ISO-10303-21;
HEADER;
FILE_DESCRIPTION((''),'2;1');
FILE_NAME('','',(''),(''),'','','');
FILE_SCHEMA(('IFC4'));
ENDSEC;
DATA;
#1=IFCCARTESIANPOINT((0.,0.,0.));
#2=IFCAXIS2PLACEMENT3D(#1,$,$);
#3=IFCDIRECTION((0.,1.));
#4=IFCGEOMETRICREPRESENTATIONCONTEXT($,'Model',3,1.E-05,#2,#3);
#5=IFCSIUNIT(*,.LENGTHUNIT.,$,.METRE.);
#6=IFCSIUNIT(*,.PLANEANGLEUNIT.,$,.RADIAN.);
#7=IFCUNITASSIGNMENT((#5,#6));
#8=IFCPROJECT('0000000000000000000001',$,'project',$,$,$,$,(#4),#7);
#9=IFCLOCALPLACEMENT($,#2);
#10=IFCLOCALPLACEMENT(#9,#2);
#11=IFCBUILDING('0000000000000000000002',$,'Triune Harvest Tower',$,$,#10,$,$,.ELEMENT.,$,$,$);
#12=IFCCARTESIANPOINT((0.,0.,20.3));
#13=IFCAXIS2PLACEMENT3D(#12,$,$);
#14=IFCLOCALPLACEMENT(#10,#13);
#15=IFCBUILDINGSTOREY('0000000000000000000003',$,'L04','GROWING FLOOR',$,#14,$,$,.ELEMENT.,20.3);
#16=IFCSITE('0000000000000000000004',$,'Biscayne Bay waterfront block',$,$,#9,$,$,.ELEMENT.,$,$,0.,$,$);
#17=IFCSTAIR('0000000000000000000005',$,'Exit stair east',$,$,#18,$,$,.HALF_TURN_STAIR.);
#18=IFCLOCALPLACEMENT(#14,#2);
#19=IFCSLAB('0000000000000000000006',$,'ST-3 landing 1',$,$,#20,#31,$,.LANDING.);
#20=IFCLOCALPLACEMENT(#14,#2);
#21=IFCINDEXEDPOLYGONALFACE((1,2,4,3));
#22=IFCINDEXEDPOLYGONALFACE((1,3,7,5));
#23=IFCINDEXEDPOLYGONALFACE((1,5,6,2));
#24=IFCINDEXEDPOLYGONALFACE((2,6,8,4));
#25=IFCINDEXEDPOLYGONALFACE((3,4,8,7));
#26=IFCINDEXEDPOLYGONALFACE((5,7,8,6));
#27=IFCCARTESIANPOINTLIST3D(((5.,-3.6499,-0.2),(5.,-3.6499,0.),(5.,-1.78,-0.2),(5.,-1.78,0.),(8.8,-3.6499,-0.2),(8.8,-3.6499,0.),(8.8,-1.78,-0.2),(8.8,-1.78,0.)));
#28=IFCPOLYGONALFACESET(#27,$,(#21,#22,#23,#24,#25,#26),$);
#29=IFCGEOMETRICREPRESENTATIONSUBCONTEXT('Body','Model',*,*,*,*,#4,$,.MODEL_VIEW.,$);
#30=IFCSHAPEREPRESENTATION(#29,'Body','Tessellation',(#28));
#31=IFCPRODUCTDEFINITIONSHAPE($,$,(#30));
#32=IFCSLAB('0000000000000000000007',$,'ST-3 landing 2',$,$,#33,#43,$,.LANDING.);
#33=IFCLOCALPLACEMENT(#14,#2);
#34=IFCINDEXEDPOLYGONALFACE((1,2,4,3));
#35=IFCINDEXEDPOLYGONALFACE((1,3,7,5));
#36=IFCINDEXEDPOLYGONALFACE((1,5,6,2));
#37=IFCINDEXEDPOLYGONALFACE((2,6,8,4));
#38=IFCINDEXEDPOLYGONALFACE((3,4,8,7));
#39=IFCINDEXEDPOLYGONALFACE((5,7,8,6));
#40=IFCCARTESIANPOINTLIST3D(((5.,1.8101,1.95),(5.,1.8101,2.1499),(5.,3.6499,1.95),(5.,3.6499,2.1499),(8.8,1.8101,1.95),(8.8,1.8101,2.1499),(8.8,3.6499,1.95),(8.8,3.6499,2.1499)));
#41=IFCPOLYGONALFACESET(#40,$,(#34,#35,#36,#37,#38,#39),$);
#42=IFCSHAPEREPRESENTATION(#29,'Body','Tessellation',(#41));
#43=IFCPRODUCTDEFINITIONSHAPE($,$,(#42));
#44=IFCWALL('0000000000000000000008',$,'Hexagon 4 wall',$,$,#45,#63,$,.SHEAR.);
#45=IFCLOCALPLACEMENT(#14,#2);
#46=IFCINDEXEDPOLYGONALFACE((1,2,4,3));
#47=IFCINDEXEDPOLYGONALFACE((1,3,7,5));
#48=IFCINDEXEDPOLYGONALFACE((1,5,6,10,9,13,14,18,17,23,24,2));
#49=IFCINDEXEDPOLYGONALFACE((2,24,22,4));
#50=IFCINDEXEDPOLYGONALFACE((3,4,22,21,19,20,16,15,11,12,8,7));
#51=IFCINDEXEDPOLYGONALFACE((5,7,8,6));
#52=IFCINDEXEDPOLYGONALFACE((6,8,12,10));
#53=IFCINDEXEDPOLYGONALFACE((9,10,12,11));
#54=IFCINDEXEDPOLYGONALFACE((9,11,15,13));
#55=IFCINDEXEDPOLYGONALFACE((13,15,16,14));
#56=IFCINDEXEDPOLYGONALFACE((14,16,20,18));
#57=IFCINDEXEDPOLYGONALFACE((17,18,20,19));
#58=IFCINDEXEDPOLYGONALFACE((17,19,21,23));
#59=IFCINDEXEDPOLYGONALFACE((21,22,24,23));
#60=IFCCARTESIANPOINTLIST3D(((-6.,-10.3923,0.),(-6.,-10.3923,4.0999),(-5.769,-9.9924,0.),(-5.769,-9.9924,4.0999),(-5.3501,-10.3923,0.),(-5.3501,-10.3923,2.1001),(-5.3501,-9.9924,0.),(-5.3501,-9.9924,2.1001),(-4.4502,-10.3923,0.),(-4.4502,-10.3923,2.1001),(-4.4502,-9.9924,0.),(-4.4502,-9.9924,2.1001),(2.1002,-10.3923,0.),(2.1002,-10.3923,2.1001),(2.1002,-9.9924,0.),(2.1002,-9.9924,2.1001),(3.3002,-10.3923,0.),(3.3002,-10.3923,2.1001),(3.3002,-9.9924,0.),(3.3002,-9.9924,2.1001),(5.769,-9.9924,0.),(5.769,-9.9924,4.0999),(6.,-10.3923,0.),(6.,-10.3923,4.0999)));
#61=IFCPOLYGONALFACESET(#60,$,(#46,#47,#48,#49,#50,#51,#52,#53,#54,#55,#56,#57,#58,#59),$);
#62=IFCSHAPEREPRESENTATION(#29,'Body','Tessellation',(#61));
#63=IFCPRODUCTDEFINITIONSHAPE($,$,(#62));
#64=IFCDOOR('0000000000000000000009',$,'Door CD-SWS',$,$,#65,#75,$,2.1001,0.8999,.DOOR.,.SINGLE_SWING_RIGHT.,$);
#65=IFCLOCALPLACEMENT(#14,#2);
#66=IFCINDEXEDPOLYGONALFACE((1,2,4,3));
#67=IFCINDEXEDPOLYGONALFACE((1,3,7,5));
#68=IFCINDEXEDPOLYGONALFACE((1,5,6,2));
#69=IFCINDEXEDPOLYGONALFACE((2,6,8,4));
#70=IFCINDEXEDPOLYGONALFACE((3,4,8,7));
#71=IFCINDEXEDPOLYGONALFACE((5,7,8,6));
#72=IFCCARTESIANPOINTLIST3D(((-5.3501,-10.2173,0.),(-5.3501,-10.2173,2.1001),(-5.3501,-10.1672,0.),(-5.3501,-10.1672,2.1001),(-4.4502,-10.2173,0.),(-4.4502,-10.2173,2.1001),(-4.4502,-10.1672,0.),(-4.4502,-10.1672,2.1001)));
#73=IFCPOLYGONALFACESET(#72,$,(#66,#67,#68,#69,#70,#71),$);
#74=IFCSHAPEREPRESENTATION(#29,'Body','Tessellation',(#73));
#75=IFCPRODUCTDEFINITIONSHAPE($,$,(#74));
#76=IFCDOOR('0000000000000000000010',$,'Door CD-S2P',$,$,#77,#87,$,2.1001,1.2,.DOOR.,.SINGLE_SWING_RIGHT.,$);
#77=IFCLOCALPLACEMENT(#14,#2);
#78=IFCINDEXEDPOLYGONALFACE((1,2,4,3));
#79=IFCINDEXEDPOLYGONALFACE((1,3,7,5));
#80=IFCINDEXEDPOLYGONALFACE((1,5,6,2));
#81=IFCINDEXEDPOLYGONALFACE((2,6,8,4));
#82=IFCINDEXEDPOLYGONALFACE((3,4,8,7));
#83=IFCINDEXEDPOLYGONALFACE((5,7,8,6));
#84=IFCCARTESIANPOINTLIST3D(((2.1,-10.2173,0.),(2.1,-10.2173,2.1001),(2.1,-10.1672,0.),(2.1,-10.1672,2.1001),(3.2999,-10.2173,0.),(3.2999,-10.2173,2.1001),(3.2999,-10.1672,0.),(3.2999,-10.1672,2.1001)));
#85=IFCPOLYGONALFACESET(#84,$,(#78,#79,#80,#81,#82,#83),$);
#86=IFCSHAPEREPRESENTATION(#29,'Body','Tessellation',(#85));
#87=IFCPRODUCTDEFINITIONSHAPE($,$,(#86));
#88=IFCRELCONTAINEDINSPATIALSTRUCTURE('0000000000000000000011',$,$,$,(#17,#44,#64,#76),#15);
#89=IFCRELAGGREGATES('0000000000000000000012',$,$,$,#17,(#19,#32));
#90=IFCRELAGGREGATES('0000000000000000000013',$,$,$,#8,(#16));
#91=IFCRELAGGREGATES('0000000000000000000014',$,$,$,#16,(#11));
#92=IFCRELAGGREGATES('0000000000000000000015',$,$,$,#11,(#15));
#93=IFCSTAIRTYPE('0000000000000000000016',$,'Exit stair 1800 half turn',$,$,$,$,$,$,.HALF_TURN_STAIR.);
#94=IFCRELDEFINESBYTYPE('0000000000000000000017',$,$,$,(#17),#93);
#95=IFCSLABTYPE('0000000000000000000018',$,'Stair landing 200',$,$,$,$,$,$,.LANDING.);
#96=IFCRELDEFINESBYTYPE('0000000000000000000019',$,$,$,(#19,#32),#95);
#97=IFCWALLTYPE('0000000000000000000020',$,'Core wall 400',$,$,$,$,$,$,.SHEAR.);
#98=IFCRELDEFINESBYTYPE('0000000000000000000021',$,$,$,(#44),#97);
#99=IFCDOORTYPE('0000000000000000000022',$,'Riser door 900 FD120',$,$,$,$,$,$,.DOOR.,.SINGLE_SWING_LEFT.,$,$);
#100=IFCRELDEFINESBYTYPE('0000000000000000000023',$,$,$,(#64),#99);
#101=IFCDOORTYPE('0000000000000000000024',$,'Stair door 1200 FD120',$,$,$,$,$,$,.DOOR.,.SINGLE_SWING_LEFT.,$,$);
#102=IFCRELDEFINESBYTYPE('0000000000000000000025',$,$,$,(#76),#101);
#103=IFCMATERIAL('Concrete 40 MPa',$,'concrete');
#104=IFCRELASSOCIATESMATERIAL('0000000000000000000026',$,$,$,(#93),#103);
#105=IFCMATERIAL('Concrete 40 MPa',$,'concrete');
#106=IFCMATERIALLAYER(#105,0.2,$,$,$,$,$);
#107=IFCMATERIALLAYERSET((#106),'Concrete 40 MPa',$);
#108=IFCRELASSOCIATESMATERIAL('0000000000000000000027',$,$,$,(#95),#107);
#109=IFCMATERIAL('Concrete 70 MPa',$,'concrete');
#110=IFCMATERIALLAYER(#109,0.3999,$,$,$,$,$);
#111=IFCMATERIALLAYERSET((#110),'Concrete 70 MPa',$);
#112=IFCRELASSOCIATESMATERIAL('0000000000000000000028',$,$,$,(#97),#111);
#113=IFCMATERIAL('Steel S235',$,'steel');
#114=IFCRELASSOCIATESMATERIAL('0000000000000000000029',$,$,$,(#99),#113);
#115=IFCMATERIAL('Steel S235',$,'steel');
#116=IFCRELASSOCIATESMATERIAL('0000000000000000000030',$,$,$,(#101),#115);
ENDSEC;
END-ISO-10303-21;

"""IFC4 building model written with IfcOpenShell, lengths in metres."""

from ifc_helpers import new_model, si_unit, direction, frame, frame_2d, origin, place, context, subcontext, project, spatial, polyline, rectangle, outline, extrude, source, transform, mapped, material, layer, layer_set, type_object, element, fill, aggregate, save


model = new_model("IFC4")

# Units and contexts
model_context = context("Model", 3, precision=1e-05, world=origin(), true_north=direction((0.0, 1.0)))
body_context = subcontext(model_context, "Body", "Model", "MODEL_VIEW")
ifc_project = project(units=[si_unit("LENGTHUNIT", "METRE"), si_unit("PLANEANGLEUNIT", "RADIAN")], contexts=[model_context])

# Site, building, storey
site_placement = place(None, origin())
site = spatial("IfcSite", under=ifc_project, at=site_placement, Name="Biscayne Bay waterfront block", CompositionType="ELEMENT", RefElevation=0.0)
building_placement = place(site_placement, origin())
building = spatial("IfcBuilding", under=site, at=building_placement, Name="Triune Harvest Tower", CompositionType="ELEMENT")
storey_placement = place(building_placement, frame((0.0, 0.0, 20.3)))
storey = spatial("IfcBuildingStorey", under=building, at=storey_placement, Name="L04", Description="GROWING FLOOR", CompositionType="ELEMENT", Elevation=20.3)

# Stair, slabs
ifc_material_1 = material(Name="Concrete 40 MPa", Category="concrete")
stair_type = type_object("IfcStairType", Name="Exit stair 1800 half turn", PredefinedType="HALF_TURN_STAIR", material=ifc_material_1)
ifc_material_2 = material(Name="Concrete 40 MPa", Category="concrete")
ifc_layer_1 = layer(ifc_material_2, 0.2)
ifc_layer_set_1 = layer_set([ifc_layer_1], Name="Concrete 40 MPa")
slab_type_1 = type_object("IfcSlabType", Name="Stair landing 200", PredefinedType="LANDING", material=ifc_layer_set_1)
stair_1_placement = place(storey_placement, origin())
stair_1 = element("IfcStair", 1, at=stair_1_placement, inside=storey, type_object=stair_type, Name="Exit stair east", PredefinedType="HALF_TURN_STAIR")
shared_shape_1 = source(origin(), body_context, "Body", "SweptSolid", [
    extrude(outline(polyline([(8.8, -3.6499), (8.8, -1.78), (5.0, -1.78), (5.0, -3.6499), (8.8, -3.6499)])), origin(), (0.0, 0.0, 1.0), 0.2),
])
slab_1_placement = place(storey_placement, frame((0.0, 0.0, -0.2)))
slab_1 = element("IfcSlab", 2, at=slab_1_placement, type_object=slab_type_1, Name="ST-3 landing 1", PredefinedType="LANDING", context=body_context, shape_type="MappedRepresentation", body=[
    mapped(shared_shape_1, transform((0.0, 0.0, 0.0), scale=1.0)),
])
shared_shape_2 = source(origin(), body_context, "Body", "SweptSolid", [
    extrude(outline(polyline([(8.8, 1.8101), (8.8, 3.6499), (5.0, 3.6499), (5.0, 1.8101), (8.8, 1.8101)])), origin(), (0.0, 0.0, 1.0), 0.2),
])
slab_2_placement = place(storey_placement, frame((0.0, 0.0, 1.95)))
slab_2 = element("IfcSlab", 3, at=slab_2_placement, type_object=slab_type_1, Name="ST-3 landing 2", PredefinedType="LANDING", context=body_context, shape_type="MappedRepresentation", body=[
    mapped(shared_shape_2, transform((0.0, 0.0, 0.0), scale=1.0)),
])
aggregate(stair_1, [slab_1, slab_2])

# Wall, openings, doors
ifc_material_3 = material(Name="Concrete 70 MPa", Category="concrete")
ifc_layer_2 = layer(ifc_material_3, 0.3999)
ifc_layer_set_2 = layer_set([ifc_layer_2], Name="Concrete 70 MPa")
wall_type_1 = type_object("IfcWallType", Name="Core wall 400", PredefinedType="SHEAR", material=ifc_layer_set_2)
shared_shape_3 = source(origin(), body_context, "Body", "SweptSolid", [
    extrude(outline(polyline([(-0.1155, -0.2), (11.8845, -0.2), (11.6536, 0.2), (0.1155, 0.2), (-0.1155, -0.2)])), origin(), (0.0, 0.0, 1.0), 4.0999),
])
wall_1_placement = place(storey_placement, frame((-5.8845, -10.1924, 0.0), z_axis=(0.0, 0.0, 1.0), x_axis=(1.0, 0.0, 0.0)))
wall_1 = element("IfcWall", 4, at=wall_1_placement, inside=storey, type_object=wall_type_1, Name="Hexagon 4 wall", PredefinedType="SHEAR", context=body_context, shape_type="MappedRepresentation", body=[
    mapped(shared_shape_3, transform((0.0, 0.0, 0.0), scale=1.0)),
])
opening_1_placement = place(wall_1_placement, frame((7.9846, 0.0, 0.0)))
opening_1 = element("IfcOpeningElement", 5, at=opening_1_placement, cuts=wall_1, PredefinedType="OPENING", context=body_context, shape_type="SweptSolid", body=[
    extrude(rectangle(XDim=1.2, YDim=2.1001, at=frame_2d((0.6001, 1.05))), frame((0.0, 0.21, 0.0), z_axis=(0.0, -1.0, 0.0), x_axis=(1.0, 0.0, 0.0)), (0.0, 0.0, 1.0), 0.4199),
])
opening_2_placement = place(wall_1_placement, frame((0.5344, 0.0, 0.0)))
opening_2 = element("IfcOpeningElement", 6, at=opening_2_placement, cuts=wall_1, PredefinedType="OPENING", context=body_context, shape_type="SweptSolid", body=[
    extrude(rectangle(XDim=0.8999, YDim=2.1001, at=frame_2d((0.45, 1.05))), frame((0.0, 0.21, 0.0), z_axis=(0.0, -1.0, 0.0), x_axis=(1.0, 0.0, 0.0)), (0.0, 0.0, 1.0), 0.4199),
])
ifc_material_4 = material(Name="Steel S235", Category="steel")
door_type_1 = type_object("IfcDoorType", Name="Riser door 900 FD120", OperationType="SINGLE_SWING_LEFT", PredefinedType="DOOR", material=ifc_material_4)
door_1_placement = place(opening_2_placement, frame((0.8999, 0.0, 0.0), z_axis=(0.0, 0.0, 1.0), x_axis=(-1.0, 0.0, 0.0)))
door_1 = element("IfcDoor", 7, at=door_1_placement, inside=storey, type_object=door_type_1, Name="Door CD-SWS", OperationType="SINGLE_SWING_RIGHT", OverallHeight=2.1001, OverallWidth=0.8999, PredefinedType="DOOR", context=body_context, shape_type="SweptSolid", body=[
    extrude(rectangle(XDim=0.8999, YDim=2.1001, at=frame_2d((0.45, 1.05))), frame((0.0, 0.0249, 0.0), z_axis=(0.0, -1.0, 0.0), x_axis=(1.0, 0.0, 0.0)), (0.0, 0.0, 1.0), 0.05),
])
fill(opening_2, door_1)
ifc_material_5 = material(Name="Steel S235", Category="steel")
door_type_2 = type_object("IfcDoorType", Name="Stair door 1200 FD120", OperationType="SINGLE_SWING_LEFT", PredefinedType="DOOR", material=ifc_material_5)
door_2_placement = place(opening_1_placement, frame((1.2, 0.0, 0.0), z_axis=(0.0, 0.0, 1.0), x_axis=(-1.0, 0.0, 0.0)))
door_2 = element("IfcDoor", 8, at=door_2_placement, inside=storey, type_object=door_type_2, Name="Door CD-S2P", OperationType="SINGLE_SWING_RIGHT", OverallHeight=2.1001, OverallWidth=1.2, PredefinedType="DOOR", context=body_context, shape_type="SweptSolid", body=[
    extrude(rectangle(XDim=1.2, YDim=2.1001, at=frame_2d((0.6001, 1.05))), frame((0.0, 0.0249, 0.0), z_axis=(0.0, -1.0, 0.0), x_axis=(1.0, 0.0, 0.0)), (0.0, 0.0, 1.0), 0.05),
])
fill(opening_1, door_2)

save(model, "model.ifc")
